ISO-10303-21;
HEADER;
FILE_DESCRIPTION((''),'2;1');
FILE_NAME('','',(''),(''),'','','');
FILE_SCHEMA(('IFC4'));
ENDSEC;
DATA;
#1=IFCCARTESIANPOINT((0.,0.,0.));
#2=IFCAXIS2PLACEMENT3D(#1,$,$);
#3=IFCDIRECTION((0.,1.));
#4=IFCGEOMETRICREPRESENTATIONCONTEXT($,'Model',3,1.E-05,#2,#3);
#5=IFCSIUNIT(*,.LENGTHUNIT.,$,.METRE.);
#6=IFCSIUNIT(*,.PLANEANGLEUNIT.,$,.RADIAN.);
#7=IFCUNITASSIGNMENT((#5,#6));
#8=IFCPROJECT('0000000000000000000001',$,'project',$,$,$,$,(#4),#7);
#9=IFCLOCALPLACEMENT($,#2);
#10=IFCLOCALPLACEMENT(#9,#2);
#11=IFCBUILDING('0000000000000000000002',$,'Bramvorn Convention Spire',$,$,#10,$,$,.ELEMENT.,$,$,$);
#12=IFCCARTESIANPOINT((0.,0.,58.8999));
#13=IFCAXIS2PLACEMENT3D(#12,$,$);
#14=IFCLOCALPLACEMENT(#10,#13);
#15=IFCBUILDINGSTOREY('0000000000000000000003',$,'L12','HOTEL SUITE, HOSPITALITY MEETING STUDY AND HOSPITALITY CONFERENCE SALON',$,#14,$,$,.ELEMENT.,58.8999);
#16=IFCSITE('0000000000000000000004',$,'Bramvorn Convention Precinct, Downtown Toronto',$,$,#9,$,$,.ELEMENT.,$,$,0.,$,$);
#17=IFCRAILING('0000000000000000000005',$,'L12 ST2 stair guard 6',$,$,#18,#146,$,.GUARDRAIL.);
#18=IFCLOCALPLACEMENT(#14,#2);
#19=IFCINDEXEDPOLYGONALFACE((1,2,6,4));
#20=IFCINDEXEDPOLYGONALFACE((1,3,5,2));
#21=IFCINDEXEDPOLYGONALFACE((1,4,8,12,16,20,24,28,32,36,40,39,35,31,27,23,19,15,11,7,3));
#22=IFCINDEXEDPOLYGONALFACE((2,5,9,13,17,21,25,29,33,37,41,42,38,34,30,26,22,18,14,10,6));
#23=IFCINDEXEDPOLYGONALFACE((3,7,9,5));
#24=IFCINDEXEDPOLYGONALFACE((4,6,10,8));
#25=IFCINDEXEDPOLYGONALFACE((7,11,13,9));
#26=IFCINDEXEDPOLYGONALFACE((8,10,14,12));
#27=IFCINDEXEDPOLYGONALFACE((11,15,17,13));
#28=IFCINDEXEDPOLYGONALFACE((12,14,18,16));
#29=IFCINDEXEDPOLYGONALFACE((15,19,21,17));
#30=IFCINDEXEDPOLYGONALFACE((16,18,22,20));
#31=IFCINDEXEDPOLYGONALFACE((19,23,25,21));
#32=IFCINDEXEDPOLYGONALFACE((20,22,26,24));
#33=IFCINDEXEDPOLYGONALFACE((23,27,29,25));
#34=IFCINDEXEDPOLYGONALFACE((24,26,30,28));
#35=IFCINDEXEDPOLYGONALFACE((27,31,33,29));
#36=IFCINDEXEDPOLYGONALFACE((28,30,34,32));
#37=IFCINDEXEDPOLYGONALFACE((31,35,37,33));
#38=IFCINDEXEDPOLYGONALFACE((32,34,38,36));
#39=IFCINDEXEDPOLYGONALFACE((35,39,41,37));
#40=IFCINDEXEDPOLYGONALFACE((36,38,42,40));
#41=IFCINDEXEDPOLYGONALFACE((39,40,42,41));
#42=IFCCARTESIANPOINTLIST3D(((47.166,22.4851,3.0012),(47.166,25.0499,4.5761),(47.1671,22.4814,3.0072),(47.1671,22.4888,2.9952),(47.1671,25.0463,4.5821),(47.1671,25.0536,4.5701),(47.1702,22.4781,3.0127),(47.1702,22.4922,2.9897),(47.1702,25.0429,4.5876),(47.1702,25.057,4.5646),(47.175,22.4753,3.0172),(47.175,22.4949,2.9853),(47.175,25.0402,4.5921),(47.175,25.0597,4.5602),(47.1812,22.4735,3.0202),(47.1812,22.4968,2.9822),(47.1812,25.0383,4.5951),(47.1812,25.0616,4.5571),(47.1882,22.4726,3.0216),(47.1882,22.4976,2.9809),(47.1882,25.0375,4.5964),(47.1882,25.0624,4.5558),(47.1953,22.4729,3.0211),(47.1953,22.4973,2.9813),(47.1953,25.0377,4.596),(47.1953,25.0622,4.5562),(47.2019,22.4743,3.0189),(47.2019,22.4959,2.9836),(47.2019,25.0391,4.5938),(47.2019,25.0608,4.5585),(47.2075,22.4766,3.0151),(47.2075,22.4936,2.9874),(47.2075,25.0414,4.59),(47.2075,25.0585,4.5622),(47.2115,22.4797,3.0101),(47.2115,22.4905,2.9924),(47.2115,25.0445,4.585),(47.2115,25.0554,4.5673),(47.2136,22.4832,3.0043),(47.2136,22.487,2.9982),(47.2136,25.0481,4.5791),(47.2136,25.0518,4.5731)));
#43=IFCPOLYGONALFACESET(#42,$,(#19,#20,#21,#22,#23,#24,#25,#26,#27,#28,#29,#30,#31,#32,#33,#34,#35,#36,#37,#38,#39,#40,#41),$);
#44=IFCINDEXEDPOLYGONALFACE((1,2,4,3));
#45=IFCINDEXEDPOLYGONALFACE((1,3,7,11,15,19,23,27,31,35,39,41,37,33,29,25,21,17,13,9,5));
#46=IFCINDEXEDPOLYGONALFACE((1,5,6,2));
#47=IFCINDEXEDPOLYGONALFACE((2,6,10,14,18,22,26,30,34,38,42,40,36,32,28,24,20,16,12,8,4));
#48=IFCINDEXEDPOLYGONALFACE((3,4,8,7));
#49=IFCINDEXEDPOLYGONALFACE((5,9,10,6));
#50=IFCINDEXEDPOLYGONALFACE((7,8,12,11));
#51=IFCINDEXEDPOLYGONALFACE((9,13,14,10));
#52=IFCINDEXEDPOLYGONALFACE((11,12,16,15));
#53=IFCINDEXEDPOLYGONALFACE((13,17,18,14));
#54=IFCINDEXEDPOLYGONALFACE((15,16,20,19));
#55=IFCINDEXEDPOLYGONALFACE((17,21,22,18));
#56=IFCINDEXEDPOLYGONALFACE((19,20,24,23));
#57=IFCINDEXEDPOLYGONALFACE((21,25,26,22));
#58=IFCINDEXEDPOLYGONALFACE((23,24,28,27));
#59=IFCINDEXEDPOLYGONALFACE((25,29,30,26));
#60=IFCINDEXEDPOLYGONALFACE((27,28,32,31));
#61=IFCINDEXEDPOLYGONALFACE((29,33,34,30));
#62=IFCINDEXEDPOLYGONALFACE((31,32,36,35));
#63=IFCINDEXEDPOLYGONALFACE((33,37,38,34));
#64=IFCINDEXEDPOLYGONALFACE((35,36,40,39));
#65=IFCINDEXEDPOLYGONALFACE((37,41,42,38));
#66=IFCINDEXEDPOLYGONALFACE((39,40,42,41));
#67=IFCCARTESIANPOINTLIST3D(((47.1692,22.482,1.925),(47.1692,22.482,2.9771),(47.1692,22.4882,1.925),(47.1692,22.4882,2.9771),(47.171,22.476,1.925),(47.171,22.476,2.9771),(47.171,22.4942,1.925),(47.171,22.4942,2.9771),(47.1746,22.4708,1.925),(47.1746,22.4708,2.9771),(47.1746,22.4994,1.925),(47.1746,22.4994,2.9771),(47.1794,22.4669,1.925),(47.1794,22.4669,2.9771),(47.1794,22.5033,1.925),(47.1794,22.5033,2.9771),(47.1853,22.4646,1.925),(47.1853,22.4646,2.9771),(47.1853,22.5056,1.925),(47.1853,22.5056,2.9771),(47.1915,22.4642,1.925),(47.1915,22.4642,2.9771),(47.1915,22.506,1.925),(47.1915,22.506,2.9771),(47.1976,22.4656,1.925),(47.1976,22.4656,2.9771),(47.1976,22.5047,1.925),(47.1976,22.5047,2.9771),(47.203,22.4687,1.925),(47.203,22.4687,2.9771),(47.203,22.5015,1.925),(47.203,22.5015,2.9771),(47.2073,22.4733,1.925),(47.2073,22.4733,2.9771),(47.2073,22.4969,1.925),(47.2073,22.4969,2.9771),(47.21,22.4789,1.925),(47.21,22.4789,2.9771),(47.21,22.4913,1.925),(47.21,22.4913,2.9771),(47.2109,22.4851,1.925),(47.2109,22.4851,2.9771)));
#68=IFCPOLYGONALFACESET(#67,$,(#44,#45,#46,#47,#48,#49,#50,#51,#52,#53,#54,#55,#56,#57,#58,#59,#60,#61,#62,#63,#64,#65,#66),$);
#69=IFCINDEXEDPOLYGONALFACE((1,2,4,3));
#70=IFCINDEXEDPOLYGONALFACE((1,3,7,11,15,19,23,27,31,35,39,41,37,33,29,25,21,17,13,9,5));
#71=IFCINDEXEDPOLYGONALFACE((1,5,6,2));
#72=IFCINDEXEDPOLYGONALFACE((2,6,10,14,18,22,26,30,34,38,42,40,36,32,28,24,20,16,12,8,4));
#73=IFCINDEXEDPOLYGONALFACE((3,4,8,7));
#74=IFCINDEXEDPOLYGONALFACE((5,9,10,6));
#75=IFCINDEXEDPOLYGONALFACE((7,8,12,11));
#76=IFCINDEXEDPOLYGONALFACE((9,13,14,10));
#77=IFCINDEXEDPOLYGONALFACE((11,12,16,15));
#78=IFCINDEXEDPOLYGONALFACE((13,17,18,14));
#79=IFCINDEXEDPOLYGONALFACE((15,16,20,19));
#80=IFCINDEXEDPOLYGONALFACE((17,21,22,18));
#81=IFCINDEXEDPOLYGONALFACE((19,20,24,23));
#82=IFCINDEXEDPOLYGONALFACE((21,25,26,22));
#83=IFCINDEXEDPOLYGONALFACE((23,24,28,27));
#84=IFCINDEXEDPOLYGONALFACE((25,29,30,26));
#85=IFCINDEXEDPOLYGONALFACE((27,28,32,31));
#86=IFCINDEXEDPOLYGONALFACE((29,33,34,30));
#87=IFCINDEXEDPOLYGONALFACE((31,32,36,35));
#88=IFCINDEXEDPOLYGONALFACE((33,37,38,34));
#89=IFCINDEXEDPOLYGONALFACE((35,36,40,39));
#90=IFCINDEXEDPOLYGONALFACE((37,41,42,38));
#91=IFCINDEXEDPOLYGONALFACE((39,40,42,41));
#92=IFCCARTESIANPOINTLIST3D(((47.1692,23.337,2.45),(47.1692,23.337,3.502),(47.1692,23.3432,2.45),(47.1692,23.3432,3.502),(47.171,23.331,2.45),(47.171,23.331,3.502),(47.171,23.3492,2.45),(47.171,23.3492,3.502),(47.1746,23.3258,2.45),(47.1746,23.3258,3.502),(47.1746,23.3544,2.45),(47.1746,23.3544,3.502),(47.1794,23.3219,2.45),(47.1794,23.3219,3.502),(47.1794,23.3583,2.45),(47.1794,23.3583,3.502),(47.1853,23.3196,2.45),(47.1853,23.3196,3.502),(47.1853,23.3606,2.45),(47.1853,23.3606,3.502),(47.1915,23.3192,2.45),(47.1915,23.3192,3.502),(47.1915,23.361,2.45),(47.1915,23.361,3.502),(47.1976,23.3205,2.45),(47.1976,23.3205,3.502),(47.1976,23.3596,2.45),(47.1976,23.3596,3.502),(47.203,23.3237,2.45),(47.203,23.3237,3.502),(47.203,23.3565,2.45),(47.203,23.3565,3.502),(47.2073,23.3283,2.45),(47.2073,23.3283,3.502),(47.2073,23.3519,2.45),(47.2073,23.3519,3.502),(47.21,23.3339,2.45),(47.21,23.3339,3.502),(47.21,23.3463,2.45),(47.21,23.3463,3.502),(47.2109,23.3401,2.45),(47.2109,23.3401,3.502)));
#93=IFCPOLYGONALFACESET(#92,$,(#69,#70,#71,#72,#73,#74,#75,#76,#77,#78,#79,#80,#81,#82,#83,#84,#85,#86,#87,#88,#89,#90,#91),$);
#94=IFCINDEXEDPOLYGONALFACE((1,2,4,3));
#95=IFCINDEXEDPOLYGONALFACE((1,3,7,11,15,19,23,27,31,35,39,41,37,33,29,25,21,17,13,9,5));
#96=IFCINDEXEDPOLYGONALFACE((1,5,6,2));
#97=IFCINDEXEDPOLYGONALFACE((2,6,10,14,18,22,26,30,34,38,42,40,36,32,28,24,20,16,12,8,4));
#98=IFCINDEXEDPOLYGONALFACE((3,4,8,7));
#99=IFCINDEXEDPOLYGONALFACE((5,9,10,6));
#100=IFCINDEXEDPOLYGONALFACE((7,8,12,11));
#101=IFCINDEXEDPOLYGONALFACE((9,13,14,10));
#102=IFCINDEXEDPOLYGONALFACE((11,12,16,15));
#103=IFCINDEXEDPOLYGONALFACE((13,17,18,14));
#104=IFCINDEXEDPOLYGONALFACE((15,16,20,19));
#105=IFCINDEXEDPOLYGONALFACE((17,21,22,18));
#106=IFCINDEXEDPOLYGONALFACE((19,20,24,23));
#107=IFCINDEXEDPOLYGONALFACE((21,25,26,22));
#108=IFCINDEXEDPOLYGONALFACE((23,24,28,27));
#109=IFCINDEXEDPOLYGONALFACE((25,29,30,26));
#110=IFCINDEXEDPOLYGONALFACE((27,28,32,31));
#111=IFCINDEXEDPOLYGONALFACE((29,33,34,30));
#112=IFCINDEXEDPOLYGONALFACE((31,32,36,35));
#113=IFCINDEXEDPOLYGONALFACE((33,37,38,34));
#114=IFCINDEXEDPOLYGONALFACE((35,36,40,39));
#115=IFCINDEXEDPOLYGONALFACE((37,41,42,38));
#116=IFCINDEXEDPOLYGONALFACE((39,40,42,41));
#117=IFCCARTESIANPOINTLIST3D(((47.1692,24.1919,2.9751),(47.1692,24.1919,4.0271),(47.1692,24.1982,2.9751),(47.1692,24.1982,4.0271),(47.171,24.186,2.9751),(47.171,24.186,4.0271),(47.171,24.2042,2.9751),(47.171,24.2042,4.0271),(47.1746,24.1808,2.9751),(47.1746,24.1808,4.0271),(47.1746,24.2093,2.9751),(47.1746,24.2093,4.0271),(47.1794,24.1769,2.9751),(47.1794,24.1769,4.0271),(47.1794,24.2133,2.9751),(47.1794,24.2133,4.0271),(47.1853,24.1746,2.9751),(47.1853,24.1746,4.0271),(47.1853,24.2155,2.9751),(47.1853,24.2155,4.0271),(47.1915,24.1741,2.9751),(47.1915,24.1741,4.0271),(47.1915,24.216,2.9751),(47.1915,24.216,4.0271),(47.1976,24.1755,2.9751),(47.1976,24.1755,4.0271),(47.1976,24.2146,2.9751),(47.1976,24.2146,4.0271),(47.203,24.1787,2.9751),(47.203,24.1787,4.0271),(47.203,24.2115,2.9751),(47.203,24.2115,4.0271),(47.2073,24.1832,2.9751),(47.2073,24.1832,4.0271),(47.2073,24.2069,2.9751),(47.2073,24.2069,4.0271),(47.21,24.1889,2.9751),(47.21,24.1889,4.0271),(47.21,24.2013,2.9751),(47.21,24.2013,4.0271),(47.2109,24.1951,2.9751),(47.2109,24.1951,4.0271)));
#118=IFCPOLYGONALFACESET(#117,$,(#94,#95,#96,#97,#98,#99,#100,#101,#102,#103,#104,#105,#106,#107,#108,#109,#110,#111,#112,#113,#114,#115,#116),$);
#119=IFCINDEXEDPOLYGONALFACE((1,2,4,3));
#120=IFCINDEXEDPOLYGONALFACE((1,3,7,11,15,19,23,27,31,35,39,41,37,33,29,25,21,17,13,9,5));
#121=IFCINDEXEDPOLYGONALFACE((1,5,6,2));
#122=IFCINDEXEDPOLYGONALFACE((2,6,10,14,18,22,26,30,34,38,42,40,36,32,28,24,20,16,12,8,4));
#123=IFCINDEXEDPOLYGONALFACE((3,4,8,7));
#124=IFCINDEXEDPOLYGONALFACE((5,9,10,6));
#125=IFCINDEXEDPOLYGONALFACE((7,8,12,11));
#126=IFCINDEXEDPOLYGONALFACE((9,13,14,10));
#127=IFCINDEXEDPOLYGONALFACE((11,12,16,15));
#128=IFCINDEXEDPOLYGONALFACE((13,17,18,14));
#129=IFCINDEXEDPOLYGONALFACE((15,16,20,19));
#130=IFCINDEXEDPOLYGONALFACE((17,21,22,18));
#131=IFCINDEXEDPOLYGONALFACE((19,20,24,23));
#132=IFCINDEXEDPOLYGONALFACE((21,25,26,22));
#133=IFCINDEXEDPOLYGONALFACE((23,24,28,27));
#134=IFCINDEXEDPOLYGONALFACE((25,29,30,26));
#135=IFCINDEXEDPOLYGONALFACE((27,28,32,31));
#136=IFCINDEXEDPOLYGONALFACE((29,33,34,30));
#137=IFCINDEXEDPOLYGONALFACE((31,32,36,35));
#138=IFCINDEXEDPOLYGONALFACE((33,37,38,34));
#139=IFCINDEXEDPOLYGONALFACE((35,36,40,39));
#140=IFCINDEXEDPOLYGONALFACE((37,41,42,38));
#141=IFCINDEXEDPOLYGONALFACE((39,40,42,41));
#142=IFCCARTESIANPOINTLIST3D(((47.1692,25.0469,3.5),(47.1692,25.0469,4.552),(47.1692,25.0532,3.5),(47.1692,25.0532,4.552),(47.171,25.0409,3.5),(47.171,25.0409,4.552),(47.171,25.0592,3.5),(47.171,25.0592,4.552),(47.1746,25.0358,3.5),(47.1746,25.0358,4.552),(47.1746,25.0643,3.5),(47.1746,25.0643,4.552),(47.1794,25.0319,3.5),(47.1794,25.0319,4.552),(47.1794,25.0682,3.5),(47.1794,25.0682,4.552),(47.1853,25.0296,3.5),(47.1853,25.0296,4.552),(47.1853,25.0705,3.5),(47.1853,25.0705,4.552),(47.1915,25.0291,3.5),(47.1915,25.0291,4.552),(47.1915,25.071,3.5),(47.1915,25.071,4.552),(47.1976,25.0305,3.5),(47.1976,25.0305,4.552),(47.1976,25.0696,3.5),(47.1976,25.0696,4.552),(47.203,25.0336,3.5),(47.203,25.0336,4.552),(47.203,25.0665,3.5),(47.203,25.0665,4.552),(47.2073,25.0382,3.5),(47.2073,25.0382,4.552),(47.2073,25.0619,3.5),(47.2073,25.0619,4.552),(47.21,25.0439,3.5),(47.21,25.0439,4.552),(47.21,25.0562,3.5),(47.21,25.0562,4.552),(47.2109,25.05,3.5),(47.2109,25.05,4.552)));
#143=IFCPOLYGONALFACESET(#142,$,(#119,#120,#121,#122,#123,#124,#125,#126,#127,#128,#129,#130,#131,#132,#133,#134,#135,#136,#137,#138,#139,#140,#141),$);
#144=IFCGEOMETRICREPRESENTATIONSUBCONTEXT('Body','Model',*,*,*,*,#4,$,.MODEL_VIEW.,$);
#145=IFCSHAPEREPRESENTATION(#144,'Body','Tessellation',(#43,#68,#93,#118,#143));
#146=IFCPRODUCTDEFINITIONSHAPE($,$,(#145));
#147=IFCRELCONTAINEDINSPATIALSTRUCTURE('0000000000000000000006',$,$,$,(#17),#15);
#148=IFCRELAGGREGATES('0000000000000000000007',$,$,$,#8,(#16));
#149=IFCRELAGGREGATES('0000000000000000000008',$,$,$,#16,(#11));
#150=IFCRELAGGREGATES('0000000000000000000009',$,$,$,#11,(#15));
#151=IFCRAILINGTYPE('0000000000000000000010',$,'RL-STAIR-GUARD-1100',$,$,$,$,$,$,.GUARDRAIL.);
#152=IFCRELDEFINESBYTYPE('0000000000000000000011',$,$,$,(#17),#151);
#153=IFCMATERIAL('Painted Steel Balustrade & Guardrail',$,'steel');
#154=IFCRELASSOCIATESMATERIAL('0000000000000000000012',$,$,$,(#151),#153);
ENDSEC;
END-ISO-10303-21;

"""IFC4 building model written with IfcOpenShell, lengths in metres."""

from ifc_helpers import new_model, si_unit, direction, frame, origin, origin_2d, place, context, subcontext, project, spatial, circle, extrude, material, type_object, element, save


model = new_model("IFC4")

# Units and contexts
model_context = context("Model", 3, precision=1e-05, world=origin(), true_north=direction((0.0, 1.0)))
body_context = subcontext(model_context, "Body", "Model", "MODEL_VIEW")
ifc_project = project(units=[si_unit("LENGTHUNIT", "METRE"), si_unit("PLANEANGLEUNIT", "RADIAN")], contexts=[model_context])

# Site, building, storey
site_placement = place(None, origin())
site = spatial("IfcSite", under=ifc_project, at=site_placement, Name="Bramvorn Convention Precinct, Downtown Toronto", CompositionType="ELEMENT", RefElevation=0.0)
building_placement = place(site_placement, origin())
building = spatial("IfcBuilding", under=site, at=building_placement, Name="Bramvorn Convention Spire", CompositionType="ELEMENT")
storey_placement = place(building_placement, frame((0.0, 0.0, 58.8999)))
storey = spatial("IfcBuildingStorey", under=building, at=storey_placement, Name="L12", Description="HOTEL SUITE, HOSPITALITY MEETING STUDY AND HOSPITALITY CONFERENCE SALON", CompositionType="ELEMENT", Elevation=58.8999)

# Railing
ifc_material_1 = material(Name="Painted Steel Balustrade & Guardrail", Category="steel")
railing_type = type_object("IfcRailingType", Name="RL-STAIR-GUARD-1100", PredefinedType="GUARDRAIL", material=ifc_material_1)
railing_1_placement = place(storey_placement, frame((47.1899, 22.4851, 1.925)))
element("IfcRailing", 1, at=railing_1_placement, inside=storey, type_object=railing_type, Name="L12 ST2 stair guard 6", PredefinedType="GUARDRAIL", context=body_context, shape_type="SweptSolid", body=[
    extrude(circle(Radius=0.0239, at=origin_2d()), frame((0.0, 0.0, 1.0762), z_axis=(0.0, 0.852173, 0.52326), x_axis=(-1.0, 0.0, 0.0)), (0.0, 0.0, 1.0), 3.0098),
    extrude(circle(Radius=0.021, at=origin_2d()), origin(), (0.0, 0.0, 1.0), 1.052),
    extrude(circle(Radius=0.021, at=origin_2d()), frame((0.0, 0.855, 0.5249)), (0.0, 0.0, 1.0), 1.052),
    extrude(circle(Radius=0.021, at=origin_2d()), frame((0.0, 1.71, 1.05)), (0.0, 0.0, 1.0), 1.052),
    extrude(circle(Radius=0.021, at=origin_2d()), frame((0.0, 2.5649, 1.575)), (0.0, 0.0, 1.0), 1.052),
])

save(model, "model.ifc")
